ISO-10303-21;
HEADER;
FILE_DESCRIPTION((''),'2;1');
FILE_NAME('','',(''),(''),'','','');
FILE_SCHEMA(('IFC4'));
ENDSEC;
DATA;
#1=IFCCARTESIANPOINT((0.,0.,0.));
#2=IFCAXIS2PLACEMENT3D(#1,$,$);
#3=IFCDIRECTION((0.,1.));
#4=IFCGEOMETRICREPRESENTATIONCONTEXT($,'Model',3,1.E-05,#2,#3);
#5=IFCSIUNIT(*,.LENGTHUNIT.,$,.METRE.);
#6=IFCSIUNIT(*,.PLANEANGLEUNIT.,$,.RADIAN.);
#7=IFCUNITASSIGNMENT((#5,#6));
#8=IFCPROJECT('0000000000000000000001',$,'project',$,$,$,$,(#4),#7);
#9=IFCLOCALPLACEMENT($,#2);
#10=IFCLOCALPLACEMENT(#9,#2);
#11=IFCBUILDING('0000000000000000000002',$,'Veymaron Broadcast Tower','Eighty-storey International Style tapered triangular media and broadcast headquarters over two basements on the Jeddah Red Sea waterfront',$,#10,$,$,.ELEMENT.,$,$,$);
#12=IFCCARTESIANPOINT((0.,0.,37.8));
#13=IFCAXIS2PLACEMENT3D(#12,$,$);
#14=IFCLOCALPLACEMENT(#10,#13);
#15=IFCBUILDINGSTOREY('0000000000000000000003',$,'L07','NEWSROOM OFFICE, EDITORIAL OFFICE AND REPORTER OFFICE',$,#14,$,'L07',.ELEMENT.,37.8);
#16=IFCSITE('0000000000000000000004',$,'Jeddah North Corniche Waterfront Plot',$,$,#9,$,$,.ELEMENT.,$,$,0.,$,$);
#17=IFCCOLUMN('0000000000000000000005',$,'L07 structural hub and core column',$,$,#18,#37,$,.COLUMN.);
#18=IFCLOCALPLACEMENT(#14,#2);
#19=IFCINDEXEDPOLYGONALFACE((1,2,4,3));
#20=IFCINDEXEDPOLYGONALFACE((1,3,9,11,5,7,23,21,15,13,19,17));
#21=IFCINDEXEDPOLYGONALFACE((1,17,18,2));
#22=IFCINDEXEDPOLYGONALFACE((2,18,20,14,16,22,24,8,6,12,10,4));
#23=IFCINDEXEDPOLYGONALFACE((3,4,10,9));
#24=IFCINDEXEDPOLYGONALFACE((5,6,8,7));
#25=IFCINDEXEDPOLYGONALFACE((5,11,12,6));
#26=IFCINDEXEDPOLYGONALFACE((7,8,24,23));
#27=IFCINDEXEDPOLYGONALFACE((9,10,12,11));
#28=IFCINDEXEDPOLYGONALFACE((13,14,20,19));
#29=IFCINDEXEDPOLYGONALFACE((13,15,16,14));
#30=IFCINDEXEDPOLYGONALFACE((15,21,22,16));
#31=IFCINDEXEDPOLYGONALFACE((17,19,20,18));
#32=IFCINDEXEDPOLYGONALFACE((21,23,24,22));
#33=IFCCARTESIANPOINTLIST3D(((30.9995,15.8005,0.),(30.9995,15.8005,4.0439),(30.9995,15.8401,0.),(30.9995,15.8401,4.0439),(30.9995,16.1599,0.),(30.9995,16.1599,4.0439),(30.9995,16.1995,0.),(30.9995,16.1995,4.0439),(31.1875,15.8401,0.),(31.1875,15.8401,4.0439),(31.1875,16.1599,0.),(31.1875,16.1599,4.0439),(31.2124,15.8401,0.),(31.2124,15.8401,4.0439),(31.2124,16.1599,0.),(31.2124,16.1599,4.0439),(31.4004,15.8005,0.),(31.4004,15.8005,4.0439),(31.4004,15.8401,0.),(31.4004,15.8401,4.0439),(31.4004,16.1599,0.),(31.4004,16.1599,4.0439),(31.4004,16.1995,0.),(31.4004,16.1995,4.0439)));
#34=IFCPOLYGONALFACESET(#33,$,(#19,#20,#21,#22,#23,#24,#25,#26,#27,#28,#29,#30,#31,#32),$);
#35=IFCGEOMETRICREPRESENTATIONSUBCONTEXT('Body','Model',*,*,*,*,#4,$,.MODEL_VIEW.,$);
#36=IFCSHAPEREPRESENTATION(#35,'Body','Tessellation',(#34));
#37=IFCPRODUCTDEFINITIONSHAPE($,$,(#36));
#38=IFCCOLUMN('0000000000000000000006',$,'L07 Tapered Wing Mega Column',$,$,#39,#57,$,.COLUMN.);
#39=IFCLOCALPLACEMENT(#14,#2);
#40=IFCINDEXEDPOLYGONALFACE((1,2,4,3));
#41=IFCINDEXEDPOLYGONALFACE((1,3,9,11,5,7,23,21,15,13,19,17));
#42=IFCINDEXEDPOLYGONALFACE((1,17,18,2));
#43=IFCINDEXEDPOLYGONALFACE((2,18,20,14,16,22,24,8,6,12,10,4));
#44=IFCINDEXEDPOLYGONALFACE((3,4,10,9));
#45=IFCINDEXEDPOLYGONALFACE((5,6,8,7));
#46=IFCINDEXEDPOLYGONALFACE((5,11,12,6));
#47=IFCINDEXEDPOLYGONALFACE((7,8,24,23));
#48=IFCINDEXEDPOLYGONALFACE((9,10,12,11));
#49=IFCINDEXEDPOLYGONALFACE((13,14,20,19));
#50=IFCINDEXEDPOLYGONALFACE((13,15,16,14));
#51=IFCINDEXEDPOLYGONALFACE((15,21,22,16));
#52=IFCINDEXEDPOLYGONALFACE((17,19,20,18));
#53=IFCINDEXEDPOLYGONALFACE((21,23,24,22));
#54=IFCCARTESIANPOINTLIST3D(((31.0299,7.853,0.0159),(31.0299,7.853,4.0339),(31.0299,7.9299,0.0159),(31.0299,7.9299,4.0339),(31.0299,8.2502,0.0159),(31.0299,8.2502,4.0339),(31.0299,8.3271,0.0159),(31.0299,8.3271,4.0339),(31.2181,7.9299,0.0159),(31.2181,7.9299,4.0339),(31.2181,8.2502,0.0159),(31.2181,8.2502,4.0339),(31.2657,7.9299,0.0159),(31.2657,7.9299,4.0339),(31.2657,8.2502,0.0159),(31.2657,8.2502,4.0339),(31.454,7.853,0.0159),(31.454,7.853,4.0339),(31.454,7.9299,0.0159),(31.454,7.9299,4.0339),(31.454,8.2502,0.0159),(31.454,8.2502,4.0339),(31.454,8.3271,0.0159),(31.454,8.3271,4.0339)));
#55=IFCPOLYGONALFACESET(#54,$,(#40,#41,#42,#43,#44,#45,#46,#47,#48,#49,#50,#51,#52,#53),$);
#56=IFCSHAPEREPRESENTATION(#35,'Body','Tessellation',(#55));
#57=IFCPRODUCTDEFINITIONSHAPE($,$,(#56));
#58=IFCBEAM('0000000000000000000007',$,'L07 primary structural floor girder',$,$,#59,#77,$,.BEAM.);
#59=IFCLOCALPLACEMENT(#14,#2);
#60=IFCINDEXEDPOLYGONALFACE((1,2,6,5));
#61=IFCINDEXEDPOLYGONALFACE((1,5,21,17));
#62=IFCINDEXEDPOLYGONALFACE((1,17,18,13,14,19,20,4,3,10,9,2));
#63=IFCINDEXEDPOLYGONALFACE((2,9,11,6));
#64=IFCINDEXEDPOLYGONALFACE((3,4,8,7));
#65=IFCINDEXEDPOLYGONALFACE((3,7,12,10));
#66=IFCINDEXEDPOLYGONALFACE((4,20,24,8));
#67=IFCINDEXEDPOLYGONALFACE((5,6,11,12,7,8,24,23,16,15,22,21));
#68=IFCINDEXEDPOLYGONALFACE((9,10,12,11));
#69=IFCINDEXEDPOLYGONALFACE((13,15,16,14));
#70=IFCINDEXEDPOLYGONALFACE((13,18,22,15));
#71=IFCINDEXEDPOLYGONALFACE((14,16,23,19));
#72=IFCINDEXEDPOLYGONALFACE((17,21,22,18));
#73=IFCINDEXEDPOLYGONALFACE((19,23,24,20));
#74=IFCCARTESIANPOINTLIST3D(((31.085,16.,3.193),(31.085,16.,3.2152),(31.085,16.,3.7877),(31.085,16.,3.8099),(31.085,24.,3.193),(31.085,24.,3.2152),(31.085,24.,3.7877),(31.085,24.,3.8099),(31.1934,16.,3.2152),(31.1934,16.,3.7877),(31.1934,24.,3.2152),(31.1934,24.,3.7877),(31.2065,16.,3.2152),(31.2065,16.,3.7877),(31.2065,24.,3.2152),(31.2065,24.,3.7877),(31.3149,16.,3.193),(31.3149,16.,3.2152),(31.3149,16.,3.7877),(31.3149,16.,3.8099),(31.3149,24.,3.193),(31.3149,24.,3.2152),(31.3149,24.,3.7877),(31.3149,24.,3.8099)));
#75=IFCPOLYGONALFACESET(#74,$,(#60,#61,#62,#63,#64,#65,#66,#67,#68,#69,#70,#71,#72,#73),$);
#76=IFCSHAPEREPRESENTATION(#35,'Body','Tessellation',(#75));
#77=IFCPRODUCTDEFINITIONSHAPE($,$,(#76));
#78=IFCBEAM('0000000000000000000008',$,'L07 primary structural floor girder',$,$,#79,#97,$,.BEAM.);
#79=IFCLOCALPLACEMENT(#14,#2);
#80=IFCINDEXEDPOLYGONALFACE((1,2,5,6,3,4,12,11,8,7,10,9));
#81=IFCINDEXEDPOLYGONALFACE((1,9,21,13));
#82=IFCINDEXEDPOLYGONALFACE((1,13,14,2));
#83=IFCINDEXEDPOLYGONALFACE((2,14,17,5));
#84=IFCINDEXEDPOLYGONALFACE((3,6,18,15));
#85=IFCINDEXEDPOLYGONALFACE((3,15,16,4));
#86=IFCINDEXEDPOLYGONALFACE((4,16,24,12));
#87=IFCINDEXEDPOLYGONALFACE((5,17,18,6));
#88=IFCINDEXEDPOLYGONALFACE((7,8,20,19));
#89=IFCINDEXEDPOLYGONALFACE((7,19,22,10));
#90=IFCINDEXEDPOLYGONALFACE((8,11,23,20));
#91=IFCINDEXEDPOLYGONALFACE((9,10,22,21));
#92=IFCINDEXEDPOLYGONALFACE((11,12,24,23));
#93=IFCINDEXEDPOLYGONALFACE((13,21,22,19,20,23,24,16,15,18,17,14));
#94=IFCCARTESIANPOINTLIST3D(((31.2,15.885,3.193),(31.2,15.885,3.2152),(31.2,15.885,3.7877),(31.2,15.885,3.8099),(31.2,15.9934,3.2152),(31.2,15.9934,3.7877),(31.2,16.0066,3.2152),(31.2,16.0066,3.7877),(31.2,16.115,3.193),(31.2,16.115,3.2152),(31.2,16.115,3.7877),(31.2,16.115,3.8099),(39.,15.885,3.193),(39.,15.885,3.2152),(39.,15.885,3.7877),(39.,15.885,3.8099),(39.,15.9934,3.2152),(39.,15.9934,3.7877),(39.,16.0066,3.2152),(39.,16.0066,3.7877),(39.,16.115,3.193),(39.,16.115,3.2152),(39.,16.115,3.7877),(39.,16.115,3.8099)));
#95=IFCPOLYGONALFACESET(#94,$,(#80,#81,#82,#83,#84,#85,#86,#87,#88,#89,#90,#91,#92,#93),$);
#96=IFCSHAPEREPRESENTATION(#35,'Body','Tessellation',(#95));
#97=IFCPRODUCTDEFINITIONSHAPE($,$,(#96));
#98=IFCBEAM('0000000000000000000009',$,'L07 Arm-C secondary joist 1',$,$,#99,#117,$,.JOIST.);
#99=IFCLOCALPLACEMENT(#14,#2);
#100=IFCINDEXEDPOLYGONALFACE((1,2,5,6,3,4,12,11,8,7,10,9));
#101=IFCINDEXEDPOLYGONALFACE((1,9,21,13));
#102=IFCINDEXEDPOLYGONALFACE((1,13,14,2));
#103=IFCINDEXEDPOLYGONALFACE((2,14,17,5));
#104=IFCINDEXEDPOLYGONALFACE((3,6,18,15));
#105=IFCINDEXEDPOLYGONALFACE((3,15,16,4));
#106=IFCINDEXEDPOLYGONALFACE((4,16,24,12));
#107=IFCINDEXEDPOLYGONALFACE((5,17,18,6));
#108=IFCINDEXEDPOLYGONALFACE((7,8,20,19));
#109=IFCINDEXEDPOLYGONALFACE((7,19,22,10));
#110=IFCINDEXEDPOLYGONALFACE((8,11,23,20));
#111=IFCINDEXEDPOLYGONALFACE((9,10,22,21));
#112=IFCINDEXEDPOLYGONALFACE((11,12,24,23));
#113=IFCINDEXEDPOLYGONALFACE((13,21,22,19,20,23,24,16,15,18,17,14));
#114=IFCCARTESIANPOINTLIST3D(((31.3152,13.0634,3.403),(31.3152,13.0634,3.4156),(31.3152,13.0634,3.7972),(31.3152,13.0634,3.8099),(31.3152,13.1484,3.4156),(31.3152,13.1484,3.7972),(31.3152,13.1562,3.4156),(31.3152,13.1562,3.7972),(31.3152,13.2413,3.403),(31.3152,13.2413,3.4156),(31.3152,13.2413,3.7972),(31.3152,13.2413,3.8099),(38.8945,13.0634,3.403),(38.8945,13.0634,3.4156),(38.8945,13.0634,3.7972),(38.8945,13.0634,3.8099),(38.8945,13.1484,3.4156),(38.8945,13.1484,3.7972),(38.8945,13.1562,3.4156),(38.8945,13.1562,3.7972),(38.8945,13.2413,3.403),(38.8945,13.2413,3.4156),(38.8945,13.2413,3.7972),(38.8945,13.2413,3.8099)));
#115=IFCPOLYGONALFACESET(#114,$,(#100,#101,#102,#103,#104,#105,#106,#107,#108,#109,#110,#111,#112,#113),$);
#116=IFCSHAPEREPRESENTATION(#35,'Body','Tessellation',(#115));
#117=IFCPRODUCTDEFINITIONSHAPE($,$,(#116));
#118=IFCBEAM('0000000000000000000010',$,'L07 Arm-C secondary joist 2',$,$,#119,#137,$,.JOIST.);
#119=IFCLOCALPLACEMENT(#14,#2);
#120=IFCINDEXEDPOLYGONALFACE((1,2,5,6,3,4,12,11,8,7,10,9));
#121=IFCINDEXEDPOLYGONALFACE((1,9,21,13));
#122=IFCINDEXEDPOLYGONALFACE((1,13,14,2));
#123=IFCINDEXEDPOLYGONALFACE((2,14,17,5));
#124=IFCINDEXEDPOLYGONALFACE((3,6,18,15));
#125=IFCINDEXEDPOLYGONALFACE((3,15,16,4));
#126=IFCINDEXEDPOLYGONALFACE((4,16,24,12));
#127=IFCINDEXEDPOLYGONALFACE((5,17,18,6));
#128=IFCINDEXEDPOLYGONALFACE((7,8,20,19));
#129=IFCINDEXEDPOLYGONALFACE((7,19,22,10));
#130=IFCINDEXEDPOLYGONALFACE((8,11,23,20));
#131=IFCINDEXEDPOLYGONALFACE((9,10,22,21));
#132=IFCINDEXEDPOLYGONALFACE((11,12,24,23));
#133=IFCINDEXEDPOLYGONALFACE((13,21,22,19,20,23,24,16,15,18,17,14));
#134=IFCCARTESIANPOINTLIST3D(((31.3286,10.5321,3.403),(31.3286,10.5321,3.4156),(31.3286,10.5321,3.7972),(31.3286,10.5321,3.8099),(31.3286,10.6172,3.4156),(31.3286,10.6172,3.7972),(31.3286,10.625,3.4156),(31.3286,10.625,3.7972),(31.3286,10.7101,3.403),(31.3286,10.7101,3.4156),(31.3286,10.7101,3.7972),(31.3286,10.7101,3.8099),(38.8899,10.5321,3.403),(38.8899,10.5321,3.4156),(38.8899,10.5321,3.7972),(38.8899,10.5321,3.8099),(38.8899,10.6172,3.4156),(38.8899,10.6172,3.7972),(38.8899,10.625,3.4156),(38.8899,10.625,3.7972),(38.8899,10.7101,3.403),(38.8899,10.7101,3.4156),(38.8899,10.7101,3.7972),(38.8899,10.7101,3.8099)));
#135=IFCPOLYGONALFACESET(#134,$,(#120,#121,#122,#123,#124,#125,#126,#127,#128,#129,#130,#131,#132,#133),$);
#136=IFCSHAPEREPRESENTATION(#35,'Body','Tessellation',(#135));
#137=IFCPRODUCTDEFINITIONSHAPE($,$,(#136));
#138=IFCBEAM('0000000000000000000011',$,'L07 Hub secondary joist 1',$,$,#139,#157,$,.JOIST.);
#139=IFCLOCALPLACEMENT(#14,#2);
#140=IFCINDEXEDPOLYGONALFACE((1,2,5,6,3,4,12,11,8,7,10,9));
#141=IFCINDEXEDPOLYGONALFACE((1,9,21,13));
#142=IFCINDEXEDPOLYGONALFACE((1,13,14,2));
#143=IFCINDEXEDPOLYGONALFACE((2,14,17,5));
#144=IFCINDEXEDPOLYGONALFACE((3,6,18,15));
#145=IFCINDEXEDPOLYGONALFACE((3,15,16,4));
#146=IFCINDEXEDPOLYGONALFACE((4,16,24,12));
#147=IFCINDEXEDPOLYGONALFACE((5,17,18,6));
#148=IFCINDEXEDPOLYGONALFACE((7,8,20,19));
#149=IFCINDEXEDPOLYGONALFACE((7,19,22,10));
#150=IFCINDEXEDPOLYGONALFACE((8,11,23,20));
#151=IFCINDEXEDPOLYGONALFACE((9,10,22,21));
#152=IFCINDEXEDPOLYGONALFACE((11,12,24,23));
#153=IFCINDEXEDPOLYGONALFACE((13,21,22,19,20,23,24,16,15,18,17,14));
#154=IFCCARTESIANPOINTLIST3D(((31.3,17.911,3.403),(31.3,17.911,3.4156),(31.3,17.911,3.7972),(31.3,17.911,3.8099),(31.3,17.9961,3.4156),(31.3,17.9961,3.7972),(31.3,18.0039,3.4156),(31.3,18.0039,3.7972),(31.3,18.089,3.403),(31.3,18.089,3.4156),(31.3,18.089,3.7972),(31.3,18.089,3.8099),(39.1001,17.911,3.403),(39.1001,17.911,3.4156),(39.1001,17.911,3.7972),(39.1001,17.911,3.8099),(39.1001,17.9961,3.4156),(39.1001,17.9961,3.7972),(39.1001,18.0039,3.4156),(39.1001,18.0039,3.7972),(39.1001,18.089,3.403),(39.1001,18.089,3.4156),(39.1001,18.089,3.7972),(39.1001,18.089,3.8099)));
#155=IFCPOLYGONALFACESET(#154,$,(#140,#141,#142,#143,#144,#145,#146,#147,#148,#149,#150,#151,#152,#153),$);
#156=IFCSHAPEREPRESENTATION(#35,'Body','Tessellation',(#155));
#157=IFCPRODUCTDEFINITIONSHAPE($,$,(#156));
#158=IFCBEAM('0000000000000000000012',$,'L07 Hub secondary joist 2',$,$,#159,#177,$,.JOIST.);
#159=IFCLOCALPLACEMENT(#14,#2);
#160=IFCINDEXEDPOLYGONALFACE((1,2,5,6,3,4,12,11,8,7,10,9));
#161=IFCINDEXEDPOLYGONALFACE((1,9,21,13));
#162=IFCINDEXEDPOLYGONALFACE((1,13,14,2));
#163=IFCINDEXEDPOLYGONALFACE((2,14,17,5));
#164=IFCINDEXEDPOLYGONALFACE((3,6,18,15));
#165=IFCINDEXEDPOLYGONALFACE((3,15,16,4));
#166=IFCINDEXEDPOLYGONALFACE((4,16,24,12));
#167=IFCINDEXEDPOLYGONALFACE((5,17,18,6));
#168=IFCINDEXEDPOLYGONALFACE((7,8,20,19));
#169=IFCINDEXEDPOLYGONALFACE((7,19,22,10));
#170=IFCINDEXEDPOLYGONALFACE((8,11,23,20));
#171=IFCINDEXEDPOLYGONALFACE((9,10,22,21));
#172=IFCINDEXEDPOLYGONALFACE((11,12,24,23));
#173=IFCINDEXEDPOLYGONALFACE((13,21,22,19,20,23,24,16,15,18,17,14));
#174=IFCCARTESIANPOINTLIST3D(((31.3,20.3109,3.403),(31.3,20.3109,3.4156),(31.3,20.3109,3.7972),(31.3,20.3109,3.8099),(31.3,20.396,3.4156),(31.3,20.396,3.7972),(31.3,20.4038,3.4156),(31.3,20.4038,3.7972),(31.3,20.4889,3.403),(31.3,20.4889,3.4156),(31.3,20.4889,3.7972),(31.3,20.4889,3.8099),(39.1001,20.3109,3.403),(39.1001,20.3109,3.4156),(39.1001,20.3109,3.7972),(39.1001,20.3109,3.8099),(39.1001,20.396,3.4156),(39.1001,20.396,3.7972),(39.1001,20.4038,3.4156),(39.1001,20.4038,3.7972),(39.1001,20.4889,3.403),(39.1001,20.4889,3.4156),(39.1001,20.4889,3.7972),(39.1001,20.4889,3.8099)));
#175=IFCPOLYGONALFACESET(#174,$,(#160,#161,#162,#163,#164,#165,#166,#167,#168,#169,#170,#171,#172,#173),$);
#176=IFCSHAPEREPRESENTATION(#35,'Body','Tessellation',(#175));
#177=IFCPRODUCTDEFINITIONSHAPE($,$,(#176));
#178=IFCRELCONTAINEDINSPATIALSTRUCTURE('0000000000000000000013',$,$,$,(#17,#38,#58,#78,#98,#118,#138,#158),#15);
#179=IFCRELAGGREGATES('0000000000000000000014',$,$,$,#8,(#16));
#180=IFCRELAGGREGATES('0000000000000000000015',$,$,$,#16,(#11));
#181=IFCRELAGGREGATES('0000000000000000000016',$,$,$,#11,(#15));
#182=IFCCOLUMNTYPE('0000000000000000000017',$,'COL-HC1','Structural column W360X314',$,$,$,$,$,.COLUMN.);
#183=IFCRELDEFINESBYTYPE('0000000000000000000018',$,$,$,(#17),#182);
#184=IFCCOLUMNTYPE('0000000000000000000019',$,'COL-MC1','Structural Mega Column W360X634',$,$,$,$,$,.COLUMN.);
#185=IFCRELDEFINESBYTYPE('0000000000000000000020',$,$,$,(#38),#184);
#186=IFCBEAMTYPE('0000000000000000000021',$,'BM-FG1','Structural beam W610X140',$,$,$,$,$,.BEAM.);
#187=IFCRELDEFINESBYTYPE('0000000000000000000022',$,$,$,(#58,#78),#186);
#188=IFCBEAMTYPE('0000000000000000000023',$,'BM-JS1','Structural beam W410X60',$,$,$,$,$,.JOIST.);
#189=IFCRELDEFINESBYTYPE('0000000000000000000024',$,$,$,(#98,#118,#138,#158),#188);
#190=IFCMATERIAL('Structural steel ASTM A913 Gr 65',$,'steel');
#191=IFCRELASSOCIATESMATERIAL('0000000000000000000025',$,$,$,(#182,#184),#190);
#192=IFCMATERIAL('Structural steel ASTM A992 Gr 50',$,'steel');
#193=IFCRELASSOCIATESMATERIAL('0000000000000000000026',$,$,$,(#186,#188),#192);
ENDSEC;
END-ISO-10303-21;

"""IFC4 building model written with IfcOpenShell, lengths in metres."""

from ifc_helpers import new_model, si_unit, direction, frame, origin, origin_2d, place, context, subcontext, project, spatial, i_section, extrude, material, material_profile, profile_set, type_object, element, save


model = new_model("IFC4")

# Units and contexts
model_context = context("Model", 3, precision=1e-05, world=origin(), true_north=direction((0.0, 1.0)))
body_context = subcontext(model_context, "Body", "Model", "MODEL_VIEW")
ifc_project = project(units=[si_unit("LENGTHUNIT", "METRE"), si_unit("PLANEANGLEUNIT", "RADIAN")], contexts=[model_context])

# Site, building, storey
site_placement = place(None, origin())
site = spatial("IfcSite", under=ifc_project, at=site_placement, Name="Jeddah North Corniche Waterfront Plot", CompositionType="ELEMENT", RefElevation=0.0)
building_placement = place(site_placement, origin())
building = spatial("IfcBuilding", under=site, at=building_placement, Name="Veymaron Broadcast Tower", Description="Eighty-storey International Style tapered triangular media and broadcast headquarters over two basements on the Jeddah Red Sea waterfront", CompositionType="ELEMENT")
storey_placement = place(building_placement, frame((0.0, 0.0, 37.8)))
storey = spatial("IfcBuildingStorey", under=building, at=storey_placement, Name="L07", Description="NEWSROOM OFFICE, EDITORIAL OFFICE AND REPORTER OFFICE", LongName="L07", CompositionType="ELEMENT", Elevation=37.8)

# Columns
ifc_material_1 = material(Name="Structural steel ASTM A913 Gr 65", Category="steel")
ifc_material_profile_1 = material_profile(ifc_material_1, i_section(OverallWidth=0.4009, OverallDepth=0.3989, WebThickness=0.0249, FlangeThickness=0.0396, at=origin_2d()), Name="W360X314")
ifc_profile_set_1 = profile_set([ifc_material_profile_1], Name="Structural steel ASTM A913 Gr 65")
column_type_1 = type_object("IfcColumnType", Name="COL-HC1", Description="Structural column W360X314", PredefinedType="COLUMN", material=ifc_profile_set_1)
column_1_placement = place(storey_placement, frame((31.2, 16.0, 0.0), z_axis=(0.0, 0.0, 1.0), x_axis=(1.0, 0.0, 0.0)))
element("IfcColumn", 1, at=column_1_placement, inside=storey, type_object=column_type_1, Name="L07 structural hub and core column", PredefinedType="COLUMN", context=body_context, shape_type="SweptSolid", body=[
    extrude(i_section(OverallWidth=0.4009, OverallDepth=0.3989, WebThickness=0.0249, FlangeThickness=0.0396, at=origin_2d()), origin(), (0.0, 0.0, 1.0), 4.0439),
])
ifc_material_profile_2 = material_profile(ifc_material_1, i_section(OverallWidth=0.4241, OverallDepth=0.4741, WebThickness=0.0476, FlangeThickness=0.0769, at=origin_2d()), Name="W360X634")
ifc_profile_set_2 = profile_set([ifc_material_profile_2], Name="Structural steel ASTM A913 Gr 65")
column_type_2 = type_object("IfcColumnType", Name="COL-MC1", Description="Structural Mega Column W360X634", PredefinedType="COLUMN", material=ifc_profile_set_2)
column_2_placement = place(storey_placement, frame((31.2419, 8.0901, 0.0159), z_axis=(0.0, 0.0, 1.0), x_axis=(1.0, 0.0, 0.0)))
element("IfcColumn", 2, at=column_2_placement, inside=storey, type_object=column_type_2, Name="L07 Tapered Wing Mega Column", PredefinedType="COLUMN", context=body_context, shape_type="SweptSolid", body=[
    extrude(i_section(OverallWidth=0.4241, OverallDepth=0.4741, WebThickness=0.0476, FlangeThickness=0.0769, at=origin_2d()), origin(), (0.0, 0.0, 1.0), 4.0181),
])

# Beams
ifc_material_2 = material(Name="Structural steel ASTM A992 Gr 50", Category="steel")
ifc_material_profile_3 = material_profile(ifc_material_2, i_section(OverallWidth=0.23, OverallDepth=0.6169, WebThickness=0.0132, FlangeThickness=0.0222, at=origin_2d()), Name="W610X140")
ifc_profile_set_3 = profile_set([ifc_material_profile_3], Name="Structural steel ASTM A992 Gr 50")
beam_type_1 = type_object("IfcBeamType", Name="BM-FG1", Description="Structural beam W610X140", PredefinedType="BEAM", material=ifc_profile_set_3)
beam_1_placement = place(storey_placement, frame((31.2, 16.0, 3.5015), z_axis=(0.0, 1.0, 0.0), x_axis=(-1.0, 0.0, 0.0)))
element("IfcBeam", 3, at=beam_1_placement, inside=storey, type_object=beam_type_1, Name="L07 primary structural floor girder", PredefinedType="BEAM", context=body_context, shape_type="SweptSolid", body=[
    extrude(i_section(OverallWidth=0.23, OverallDepth=0.6169, WebThickness=0.0132, FlangeThickness=0.0222, at=origin_2d()), origin(), (0.0, 0.0, 1.0), 8.0),
])
beam_2_placement = place(storey_placement, frame((31.2, 16.0, 3.5015), z_axis=(1.0, 0.0, 0.0), x_axis=(0.0, 1.0, 0.0)))
element("IfcBeam", 4, at=beam_2_placement, inside=storey, type_object=beam_type_1, Name="L07 primary structural floor girder", PredefinedType="BEAM", context=body_context, shape_type="SweptSolid", body=[
    extrude(i_section(OverallWidth=0.23, OverallDepth=0.6169, WebThickness=0.0132, FlangeThickness=0.0222, at=origin_2d()), origin(), (0.0, 0.0, 1.0), 7.8),
])
ifc_material_profile_4 = material_profile(ifc_material_2, i_section(OverallWidth=0.178, OverallDepth=0.407, WebThickness=0.0078, FlangeThickness=0.0127, at=origin_2d()), Name="W410X60")
ifc_profile_set_4 = profile_set([ifc_material_profile_4], Name="Structural steel ASTM A992 Gr 50")
beam_type_2 = type_object("IfcBeamType", Name="BM-JS1", Description="Structural beam W410X60", PredefinedType="JOIST", material=ifc_profile_set_4)
beam_3_placement = place(storey_placement, frame((31.3152, 13.1523, 3.6064), z_axis=(1.0, 0.0, 0.0), x_axis=(0.0, 1.0, 0.0)))
element("IfcBeam", 5, at=beam_3_placement, inside=storey, type_object=beam_type_2, Name="L07 Arm-C secondary joist 1", PredefinedType="JOIST", context=body_context, shape_type="SweptSolid", body=[
    extrude(i_section(OverallWidth=0.178, OverallDepth=0.407, WebThickness=0.0078, FlangeThickness=0.0127, at=origin_2d()), origin(), (0.0, 0.0, 1.0), 7.5793),
])
beam_4_placement = place(storey_placement, frame((31.3286, 10.6211, 3.6064), z_axis=(1.0, 0.0, 0.0), x_axis=(0.0, 1.0, 0.0)))
element("IfcBeam", 6, at=beam_4_placement, inside=storey, type_object=beam_type_2, Name="L07 Arm-C secondary joist 2", PredefinedType="JOIST", context=body_context, shape_type="SweptSolid", body=[
    extrude(i_section(OverallWidth=0.178, OverallDepth=0.407, WebThickness=0.0078, FlangeThickness=0.0127, at=origin_2d()), origin(), (0.0, 0.0, 1.0), 7.5613),
])
for number, where, z_axis, x_axis, name in (
    (7, (31.3, 18.0, 3.6064), (1.0, 0.0, 0.0), (0.0, 1.0, 0.0), "L07 Hub secondary joist 1"),
    (8, (31.3, 20.3999, 3.6064), (1.0, 0.0, 0.0), (0.0, 1.0, 0.0), "L07 Hub secondary joist 2"),
):
    element("IfcBeam", number, at=place(storey_placement, frame(where, z_axis=z_axis, x_axis=x_axis)), inside=storey, type_object=beam_type_2, Name=name, PredefinedType="JOIST", context=body_context, shape_type="SweptSolid", body=[
        extrude(i_section(OverallWidth=0.178, OverallDepth=0.407, WebThickness=0.0078, FlangeThickness=0.0127, at=origin_2d()), origin(), (0.0, 0.0, 1.0), 7.8),
    ])

save(model, "model.ifc")
